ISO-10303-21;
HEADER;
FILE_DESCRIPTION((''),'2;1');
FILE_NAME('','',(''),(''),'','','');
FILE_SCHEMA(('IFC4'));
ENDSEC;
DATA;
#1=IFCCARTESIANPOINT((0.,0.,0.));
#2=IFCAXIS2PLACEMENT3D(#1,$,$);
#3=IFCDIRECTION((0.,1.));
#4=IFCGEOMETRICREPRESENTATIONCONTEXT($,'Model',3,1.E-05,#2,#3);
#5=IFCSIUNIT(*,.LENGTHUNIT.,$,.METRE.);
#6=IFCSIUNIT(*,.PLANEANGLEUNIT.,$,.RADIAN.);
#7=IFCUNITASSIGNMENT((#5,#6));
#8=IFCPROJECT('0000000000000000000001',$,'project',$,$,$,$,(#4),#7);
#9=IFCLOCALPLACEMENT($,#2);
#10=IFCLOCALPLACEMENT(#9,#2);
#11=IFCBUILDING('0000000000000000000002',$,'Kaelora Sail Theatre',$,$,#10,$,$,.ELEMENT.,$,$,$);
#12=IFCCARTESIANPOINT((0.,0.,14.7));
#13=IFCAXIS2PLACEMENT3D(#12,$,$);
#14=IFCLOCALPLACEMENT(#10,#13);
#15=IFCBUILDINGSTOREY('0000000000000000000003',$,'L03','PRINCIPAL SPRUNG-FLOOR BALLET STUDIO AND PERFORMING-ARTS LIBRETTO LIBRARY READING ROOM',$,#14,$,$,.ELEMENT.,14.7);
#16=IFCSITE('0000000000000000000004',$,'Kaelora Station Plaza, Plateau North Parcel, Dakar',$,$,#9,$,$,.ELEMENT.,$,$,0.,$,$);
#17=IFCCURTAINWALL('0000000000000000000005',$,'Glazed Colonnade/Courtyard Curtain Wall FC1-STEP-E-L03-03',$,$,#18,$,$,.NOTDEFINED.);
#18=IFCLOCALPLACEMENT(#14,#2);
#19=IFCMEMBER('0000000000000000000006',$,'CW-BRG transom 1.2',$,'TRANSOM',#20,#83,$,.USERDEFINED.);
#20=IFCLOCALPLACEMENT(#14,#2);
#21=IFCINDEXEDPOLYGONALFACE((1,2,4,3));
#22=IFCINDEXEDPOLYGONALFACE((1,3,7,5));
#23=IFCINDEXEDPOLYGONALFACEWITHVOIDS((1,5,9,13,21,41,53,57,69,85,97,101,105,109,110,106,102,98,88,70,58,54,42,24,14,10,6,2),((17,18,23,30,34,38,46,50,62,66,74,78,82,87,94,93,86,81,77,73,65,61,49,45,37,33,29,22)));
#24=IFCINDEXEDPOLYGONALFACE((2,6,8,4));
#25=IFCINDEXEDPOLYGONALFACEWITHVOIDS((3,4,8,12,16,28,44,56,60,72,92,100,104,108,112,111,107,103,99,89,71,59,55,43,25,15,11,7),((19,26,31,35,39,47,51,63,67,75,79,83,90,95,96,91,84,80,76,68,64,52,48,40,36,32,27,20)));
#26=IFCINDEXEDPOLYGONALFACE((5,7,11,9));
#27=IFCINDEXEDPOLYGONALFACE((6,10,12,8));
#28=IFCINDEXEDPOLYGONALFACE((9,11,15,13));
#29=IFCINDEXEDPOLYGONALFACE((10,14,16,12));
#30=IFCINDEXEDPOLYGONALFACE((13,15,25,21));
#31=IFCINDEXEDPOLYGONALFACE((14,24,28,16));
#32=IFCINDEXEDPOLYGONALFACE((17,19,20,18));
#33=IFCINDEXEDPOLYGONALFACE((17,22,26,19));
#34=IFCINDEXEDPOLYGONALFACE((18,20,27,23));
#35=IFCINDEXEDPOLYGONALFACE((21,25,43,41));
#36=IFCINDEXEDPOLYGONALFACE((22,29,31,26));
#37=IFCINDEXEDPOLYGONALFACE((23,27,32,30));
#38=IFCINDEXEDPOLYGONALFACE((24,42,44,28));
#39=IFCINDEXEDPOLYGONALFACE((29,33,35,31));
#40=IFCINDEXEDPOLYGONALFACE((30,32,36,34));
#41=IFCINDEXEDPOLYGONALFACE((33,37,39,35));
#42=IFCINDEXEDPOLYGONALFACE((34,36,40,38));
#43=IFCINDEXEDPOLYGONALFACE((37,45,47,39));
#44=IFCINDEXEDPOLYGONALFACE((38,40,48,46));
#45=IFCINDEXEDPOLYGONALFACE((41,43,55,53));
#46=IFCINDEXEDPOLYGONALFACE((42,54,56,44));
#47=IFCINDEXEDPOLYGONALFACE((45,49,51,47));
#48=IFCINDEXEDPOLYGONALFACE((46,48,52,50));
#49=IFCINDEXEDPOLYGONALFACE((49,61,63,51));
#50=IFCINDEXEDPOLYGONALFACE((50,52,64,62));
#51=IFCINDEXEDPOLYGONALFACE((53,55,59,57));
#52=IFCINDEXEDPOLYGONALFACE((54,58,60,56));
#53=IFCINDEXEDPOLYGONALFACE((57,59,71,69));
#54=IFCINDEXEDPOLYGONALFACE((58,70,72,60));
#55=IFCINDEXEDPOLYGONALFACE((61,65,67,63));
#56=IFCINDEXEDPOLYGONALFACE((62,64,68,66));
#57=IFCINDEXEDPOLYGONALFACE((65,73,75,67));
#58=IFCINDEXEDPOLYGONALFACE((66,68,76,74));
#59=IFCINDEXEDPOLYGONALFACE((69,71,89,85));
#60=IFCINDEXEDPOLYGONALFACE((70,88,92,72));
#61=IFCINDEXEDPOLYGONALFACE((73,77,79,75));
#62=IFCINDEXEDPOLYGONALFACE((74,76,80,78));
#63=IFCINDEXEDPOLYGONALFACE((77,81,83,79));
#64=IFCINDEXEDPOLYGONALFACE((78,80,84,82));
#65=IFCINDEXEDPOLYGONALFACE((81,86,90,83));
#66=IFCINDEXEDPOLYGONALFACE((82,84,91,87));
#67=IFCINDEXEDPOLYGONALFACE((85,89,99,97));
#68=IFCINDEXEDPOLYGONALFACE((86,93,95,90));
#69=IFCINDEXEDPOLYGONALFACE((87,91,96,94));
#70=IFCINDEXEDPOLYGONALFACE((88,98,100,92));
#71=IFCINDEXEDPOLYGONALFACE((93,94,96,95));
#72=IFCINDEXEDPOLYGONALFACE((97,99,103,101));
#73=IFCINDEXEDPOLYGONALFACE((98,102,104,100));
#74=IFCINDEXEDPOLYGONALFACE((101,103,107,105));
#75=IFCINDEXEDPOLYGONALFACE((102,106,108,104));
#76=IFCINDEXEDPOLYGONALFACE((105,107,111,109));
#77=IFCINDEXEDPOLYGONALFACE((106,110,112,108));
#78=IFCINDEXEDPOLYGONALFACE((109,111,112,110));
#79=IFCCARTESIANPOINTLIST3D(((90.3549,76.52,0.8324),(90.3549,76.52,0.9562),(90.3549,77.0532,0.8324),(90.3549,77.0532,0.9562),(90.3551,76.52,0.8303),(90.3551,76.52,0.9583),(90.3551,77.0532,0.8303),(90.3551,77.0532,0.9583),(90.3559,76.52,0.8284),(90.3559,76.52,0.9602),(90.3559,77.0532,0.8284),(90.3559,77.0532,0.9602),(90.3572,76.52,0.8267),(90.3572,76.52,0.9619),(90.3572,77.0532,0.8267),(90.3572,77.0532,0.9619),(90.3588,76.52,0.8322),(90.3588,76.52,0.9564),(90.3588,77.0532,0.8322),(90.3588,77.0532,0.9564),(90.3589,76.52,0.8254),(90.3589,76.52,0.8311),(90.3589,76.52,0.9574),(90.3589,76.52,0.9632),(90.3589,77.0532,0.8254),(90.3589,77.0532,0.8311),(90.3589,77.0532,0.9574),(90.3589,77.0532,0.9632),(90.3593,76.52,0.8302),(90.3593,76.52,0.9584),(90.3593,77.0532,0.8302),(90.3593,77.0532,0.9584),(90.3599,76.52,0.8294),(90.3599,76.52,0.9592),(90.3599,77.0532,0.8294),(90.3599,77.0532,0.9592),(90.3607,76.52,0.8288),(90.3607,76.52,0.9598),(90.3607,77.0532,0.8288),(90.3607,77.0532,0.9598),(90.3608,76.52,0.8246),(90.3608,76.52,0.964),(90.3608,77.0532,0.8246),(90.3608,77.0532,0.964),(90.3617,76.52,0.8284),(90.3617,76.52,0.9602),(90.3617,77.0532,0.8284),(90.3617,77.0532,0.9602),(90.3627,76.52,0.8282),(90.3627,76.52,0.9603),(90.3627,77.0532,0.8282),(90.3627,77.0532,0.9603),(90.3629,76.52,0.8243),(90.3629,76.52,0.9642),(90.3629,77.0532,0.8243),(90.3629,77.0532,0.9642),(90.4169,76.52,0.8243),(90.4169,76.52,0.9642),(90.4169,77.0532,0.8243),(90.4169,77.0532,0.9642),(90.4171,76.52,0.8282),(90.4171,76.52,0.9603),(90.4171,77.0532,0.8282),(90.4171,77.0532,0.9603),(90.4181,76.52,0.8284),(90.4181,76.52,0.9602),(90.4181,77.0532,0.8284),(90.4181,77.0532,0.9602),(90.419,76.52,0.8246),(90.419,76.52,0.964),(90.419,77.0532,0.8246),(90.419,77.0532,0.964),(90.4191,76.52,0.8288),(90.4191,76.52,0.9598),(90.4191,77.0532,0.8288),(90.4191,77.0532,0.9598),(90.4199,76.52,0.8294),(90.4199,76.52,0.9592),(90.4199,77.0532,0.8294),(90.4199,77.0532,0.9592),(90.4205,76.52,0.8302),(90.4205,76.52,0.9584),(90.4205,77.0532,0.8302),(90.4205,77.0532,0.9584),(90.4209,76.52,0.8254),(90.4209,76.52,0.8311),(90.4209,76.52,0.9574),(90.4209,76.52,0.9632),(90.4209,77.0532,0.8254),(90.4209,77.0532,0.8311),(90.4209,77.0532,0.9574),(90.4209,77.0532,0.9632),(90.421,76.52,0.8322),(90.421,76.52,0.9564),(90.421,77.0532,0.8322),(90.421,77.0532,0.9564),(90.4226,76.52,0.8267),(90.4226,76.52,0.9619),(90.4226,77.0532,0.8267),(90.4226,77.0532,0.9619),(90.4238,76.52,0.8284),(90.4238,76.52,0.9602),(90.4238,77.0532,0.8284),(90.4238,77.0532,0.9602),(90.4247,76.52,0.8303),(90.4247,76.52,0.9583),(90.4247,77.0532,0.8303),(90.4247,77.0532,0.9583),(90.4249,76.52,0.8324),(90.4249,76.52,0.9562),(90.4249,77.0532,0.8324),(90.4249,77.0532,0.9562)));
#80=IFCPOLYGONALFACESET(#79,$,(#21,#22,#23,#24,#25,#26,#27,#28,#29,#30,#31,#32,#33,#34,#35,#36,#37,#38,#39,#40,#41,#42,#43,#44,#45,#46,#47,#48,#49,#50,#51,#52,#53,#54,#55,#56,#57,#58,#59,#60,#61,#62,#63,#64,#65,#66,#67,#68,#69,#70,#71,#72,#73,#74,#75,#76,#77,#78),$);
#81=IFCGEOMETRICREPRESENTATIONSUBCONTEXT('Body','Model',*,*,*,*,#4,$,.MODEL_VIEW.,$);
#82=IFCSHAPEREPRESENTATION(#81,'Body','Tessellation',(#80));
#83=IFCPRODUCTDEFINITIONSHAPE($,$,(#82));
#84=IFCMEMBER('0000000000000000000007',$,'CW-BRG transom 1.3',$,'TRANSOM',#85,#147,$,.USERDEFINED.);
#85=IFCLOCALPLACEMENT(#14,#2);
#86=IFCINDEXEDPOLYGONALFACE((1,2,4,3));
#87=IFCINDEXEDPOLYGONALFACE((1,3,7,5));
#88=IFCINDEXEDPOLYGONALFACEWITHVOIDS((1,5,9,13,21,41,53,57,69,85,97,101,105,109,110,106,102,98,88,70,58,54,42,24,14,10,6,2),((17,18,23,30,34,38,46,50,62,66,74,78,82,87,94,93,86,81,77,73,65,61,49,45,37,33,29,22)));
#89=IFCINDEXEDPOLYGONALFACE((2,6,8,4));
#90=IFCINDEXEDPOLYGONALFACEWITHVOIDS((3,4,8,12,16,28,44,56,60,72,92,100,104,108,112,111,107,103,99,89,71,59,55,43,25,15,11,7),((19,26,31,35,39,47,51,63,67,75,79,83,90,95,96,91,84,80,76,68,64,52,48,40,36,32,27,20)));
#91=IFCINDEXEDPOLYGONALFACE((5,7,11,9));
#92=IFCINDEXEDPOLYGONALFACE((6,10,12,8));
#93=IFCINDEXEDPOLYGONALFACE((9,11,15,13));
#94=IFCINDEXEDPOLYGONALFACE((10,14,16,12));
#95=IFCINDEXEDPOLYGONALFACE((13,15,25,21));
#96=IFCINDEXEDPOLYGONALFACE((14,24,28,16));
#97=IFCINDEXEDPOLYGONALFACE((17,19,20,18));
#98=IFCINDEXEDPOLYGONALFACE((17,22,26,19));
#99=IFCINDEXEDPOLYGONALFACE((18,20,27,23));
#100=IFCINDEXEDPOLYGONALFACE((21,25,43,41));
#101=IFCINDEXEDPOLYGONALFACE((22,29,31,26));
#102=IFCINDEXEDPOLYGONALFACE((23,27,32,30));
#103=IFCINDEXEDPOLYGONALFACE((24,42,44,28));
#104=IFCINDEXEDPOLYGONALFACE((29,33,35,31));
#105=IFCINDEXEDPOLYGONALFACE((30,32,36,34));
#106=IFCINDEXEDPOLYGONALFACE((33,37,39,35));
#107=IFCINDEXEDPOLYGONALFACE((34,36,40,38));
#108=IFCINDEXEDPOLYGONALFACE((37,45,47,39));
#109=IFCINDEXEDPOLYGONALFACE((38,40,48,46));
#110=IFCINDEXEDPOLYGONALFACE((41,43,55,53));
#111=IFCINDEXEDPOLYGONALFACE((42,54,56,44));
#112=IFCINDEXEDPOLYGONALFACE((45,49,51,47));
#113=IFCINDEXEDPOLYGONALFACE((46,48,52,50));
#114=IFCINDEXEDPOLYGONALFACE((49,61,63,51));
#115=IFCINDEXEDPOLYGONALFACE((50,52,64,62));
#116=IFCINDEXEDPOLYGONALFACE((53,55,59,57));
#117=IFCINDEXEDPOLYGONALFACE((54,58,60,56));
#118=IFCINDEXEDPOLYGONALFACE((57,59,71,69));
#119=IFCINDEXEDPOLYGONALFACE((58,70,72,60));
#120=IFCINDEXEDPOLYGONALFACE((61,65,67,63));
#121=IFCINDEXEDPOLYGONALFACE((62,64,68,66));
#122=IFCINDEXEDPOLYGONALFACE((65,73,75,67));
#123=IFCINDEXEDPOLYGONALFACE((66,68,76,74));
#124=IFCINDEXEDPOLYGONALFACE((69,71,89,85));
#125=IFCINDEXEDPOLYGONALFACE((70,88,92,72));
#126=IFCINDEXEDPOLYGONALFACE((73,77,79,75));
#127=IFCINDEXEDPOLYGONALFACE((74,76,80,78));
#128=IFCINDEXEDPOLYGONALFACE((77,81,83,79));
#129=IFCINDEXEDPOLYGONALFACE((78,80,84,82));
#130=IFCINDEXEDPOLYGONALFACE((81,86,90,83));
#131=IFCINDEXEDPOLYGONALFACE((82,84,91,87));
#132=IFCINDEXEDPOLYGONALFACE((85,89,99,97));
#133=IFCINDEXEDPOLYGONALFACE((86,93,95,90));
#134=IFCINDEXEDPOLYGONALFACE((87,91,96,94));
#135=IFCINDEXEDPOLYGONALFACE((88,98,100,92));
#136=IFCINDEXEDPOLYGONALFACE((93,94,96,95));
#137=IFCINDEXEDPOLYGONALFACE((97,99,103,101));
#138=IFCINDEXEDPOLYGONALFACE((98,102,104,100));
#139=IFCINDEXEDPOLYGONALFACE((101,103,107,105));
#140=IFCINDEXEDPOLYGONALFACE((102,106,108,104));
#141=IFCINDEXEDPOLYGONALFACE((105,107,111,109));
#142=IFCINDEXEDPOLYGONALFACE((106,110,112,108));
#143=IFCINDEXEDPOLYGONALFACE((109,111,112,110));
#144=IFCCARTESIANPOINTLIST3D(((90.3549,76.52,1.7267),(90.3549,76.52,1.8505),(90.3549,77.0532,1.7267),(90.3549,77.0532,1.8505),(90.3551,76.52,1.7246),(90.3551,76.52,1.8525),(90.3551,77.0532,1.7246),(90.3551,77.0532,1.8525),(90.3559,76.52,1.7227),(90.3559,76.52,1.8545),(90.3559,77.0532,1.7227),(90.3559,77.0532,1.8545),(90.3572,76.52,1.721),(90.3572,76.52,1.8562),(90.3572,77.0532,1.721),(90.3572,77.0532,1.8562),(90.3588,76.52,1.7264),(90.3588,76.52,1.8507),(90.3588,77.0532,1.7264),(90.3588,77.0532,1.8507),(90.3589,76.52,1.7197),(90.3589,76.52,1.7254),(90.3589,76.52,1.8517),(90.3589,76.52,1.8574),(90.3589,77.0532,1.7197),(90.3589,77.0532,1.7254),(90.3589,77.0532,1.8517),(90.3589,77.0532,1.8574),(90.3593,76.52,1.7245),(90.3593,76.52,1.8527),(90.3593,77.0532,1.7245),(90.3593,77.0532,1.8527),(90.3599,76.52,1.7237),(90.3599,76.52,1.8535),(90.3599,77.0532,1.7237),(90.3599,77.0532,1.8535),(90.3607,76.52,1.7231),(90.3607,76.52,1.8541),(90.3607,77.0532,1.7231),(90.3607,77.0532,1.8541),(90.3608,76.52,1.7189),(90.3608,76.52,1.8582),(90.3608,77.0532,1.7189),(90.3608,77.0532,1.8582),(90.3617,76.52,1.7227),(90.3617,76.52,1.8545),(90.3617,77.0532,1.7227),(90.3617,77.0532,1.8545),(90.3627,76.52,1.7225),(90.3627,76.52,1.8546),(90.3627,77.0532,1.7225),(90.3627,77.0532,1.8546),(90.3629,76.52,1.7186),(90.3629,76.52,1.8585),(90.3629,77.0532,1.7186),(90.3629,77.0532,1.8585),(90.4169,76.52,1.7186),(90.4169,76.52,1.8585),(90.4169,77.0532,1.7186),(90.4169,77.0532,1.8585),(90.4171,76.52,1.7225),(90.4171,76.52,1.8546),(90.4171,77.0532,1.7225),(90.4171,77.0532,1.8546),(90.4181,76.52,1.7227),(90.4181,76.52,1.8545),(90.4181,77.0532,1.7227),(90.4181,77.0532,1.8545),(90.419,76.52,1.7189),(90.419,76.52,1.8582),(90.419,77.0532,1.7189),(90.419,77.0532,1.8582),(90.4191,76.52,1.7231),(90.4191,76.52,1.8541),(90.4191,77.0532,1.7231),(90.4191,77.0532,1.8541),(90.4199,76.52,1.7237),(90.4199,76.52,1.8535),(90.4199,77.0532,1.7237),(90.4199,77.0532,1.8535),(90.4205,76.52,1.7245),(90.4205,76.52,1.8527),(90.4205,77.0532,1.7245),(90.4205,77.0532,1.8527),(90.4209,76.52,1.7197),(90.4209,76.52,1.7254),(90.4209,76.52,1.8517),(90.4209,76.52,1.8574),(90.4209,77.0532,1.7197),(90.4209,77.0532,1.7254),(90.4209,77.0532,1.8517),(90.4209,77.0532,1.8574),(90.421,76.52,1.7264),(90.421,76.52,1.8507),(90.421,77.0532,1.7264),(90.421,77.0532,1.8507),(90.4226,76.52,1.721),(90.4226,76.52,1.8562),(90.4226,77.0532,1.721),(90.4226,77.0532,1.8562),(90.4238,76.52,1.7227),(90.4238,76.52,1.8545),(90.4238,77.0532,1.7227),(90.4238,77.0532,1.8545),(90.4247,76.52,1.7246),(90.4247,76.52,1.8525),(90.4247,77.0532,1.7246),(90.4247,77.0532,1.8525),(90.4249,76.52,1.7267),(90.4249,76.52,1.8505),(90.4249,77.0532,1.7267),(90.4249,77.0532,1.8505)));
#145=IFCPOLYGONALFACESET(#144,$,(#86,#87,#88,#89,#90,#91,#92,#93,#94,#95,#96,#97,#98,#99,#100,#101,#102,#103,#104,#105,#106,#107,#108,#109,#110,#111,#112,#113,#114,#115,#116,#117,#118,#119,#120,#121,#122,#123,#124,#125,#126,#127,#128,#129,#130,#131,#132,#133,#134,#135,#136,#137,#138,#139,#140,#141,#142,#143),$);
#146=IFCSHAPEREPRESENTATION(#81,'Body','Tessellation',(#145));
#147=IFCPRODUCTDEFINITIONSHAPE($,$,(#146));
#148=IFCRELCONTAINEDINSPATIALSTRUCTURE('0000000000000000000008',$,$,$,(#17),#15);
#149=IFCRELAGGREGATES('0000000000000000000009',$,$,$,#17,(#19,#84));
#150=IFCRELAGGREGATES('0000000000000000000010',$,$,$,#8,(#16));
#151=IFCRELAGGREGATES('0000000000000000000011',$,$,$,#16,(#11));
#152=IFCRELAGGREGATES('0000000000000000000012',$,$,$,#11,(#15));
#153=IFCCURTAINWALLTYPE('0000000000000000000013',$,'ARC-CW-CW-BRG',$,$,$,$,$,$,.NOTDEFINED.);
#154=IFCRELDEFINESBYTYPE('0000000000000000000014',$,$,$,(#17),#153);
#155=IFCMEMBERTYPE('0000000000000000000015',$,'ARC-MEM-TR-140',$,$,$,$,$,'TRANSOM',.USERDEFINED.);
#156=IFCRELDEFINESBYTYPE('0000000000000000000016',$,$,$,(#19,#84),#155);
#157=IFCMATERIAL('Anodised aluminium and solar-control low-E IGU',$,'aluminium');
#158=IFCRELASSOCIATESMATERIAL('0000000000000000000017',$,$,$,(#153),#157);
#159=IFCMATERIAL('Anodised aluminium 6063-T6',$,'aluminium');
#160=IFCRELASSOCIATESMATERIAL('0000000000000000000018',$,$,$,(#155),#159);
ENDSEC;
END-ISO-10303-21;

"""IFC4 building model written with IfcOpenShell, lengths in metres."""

from ifc_helpers import new_model, si_unit, direction, frame, origin, origin_2d, place, context, subcontext, project, spatial, hollow_rectangle, extrude, material, material_profile, profile_set, type_object, element, aggregate, save


model = new_model("IFC4")

# Units and contexts
model_context = context("Model", 3, precision=1e-05, world=origin(), true_north=direction((0.0, 1.0)))
body_context = subcontext(model_context, "Body", "Model", "MODEL_VIEW")
ifc_project = project(units=[si_unit("LENGTHUNIT", "METRE"), si_unit("PLANEANGLEUNIT", "RADIAN")], contexts=[model_context])

# Site, building, storey
site_placement = place(None, origin())
site = spatial("IfcSite", under=ifc_project, at=site_placement, Name="Kaelora Station Plaza, Plateau North Parcel, Dakar", CompositionType="ELEMENT", RefElevation=0.0)
building_placement = place(site_placement, origin())
building = spatial("IfcBuilding", under=site, at=building_placement, Name="Kaelora Sail Theatre", CompositionType="ELEMENT")
storey_placement = place(building_placement, frame((0.0, 0.0, 14.7)))
storey = spatial("IfcBuildingStorey", under=building, at=storey_placement, Name="L03", Description="PRINCIPAL SPRUNG-FLOOR BALLET STUDIO AND PERFORMING-ARTS LIBRETTO LIBRARY READING ROOM", CompositionType="ELEMENT", Elevation=14.7)

# Curtain wall, members
ifc_material_1 = material(Name="Anodised aluminium and solar-control low-E IGU", Category="aluminium")
curtain_wall_type = type_object("IfcCurtainWallType", Name="ARC-CW-CW-BRG", PredefinedType="NOTDEFINED", material=ifc_material_1)
curtain_wall_placement = place(storey_placement, origin())
curtain_wall = element("IfcCurtainWall", 1, at=curtain_wall_placement, inside=storey, type_object=curtain_wall_type, Name="Glazed Colonnade/Courtyard Curtain Wall FC1-STEP-E-L03-03", PredefinedType="NOTDEFINED")
ifc_material_2 = material(Name="Anodised aluminium 6063-T6", Category="aluminium")
ifc_material_profile_1 = material_profile(ifc_material_2, hollow_rectangle(XDim=0.0701, YDim=0.1399, WallThickness=0.0039, InnerFilletRadius=0.0039, OuterFilletRadius=0.0081, at=origin_2d()), Name="ALU-TRAN 70x140x4")
ifc_profile_set_1 = profile_set([ifc_material_profile_1], Name="Anodised aluminium 6063-T6")
member_type_1 = type_object("IfcMemberType", Name="ARC-MEM-TR-140", ElementType="TRANSOM", PredefinedType="USERDEFINED", material=ifc_profile_set_1)
member_1_placement = place(storey_placement, frame((90.3899, 76.52, 0.8943), z_axis=(0.0, 1.0, 0.0), x_axis=(-1.0, 0.0, 0.0)))
member_1 = element("IfcMember", 2, at=member_1_placement, type_object=member_type_1, Name="CW-BRG transom 1.2", ObjectType="TRANSOM", PredefinedType="USERDEFINED", context=body_context, shape_type="SweptSolid", body=[
    extrude(hollow_rectangle(XDim=0.0701, YDim=0.1399, WallThickness=0.0039, InnerFilletRadius=0.0039, OuterFilletRadius=0.0081, at=origin_2d()), origin(), (0.0, 0.0, 1.0), 0.5332),
])
member_2_placement = place(storey_placement, frame((90.3899, 76.52, 1.7886), z_axis=(0.0, 1.0, 0.0), x_axis=(-1.0, 0.0, 0.0)))
member_2 = element("IfcMember", 3, at=member_2_placement, type_object=member_type_1, Name="CW-BRG transom 1.3", ObjectType="TRANSOM", PredefinedType="USERDEFINED", context=body_context, shape_type="SweptSolid", body=[
    extrude(hollow_rectangle(XDim=0.0701, YDim=0.1399, WallThickness=0.0039, InnerFilletRadius=0.0039, OuterFilletRadius=0.0081, at=origin_2d()), origin(), (0.0, 0.0, 1.0), 0.5332),
])
aggregate(curtain_wall, [member_1, member_2])

save(model, "model.ifc")
